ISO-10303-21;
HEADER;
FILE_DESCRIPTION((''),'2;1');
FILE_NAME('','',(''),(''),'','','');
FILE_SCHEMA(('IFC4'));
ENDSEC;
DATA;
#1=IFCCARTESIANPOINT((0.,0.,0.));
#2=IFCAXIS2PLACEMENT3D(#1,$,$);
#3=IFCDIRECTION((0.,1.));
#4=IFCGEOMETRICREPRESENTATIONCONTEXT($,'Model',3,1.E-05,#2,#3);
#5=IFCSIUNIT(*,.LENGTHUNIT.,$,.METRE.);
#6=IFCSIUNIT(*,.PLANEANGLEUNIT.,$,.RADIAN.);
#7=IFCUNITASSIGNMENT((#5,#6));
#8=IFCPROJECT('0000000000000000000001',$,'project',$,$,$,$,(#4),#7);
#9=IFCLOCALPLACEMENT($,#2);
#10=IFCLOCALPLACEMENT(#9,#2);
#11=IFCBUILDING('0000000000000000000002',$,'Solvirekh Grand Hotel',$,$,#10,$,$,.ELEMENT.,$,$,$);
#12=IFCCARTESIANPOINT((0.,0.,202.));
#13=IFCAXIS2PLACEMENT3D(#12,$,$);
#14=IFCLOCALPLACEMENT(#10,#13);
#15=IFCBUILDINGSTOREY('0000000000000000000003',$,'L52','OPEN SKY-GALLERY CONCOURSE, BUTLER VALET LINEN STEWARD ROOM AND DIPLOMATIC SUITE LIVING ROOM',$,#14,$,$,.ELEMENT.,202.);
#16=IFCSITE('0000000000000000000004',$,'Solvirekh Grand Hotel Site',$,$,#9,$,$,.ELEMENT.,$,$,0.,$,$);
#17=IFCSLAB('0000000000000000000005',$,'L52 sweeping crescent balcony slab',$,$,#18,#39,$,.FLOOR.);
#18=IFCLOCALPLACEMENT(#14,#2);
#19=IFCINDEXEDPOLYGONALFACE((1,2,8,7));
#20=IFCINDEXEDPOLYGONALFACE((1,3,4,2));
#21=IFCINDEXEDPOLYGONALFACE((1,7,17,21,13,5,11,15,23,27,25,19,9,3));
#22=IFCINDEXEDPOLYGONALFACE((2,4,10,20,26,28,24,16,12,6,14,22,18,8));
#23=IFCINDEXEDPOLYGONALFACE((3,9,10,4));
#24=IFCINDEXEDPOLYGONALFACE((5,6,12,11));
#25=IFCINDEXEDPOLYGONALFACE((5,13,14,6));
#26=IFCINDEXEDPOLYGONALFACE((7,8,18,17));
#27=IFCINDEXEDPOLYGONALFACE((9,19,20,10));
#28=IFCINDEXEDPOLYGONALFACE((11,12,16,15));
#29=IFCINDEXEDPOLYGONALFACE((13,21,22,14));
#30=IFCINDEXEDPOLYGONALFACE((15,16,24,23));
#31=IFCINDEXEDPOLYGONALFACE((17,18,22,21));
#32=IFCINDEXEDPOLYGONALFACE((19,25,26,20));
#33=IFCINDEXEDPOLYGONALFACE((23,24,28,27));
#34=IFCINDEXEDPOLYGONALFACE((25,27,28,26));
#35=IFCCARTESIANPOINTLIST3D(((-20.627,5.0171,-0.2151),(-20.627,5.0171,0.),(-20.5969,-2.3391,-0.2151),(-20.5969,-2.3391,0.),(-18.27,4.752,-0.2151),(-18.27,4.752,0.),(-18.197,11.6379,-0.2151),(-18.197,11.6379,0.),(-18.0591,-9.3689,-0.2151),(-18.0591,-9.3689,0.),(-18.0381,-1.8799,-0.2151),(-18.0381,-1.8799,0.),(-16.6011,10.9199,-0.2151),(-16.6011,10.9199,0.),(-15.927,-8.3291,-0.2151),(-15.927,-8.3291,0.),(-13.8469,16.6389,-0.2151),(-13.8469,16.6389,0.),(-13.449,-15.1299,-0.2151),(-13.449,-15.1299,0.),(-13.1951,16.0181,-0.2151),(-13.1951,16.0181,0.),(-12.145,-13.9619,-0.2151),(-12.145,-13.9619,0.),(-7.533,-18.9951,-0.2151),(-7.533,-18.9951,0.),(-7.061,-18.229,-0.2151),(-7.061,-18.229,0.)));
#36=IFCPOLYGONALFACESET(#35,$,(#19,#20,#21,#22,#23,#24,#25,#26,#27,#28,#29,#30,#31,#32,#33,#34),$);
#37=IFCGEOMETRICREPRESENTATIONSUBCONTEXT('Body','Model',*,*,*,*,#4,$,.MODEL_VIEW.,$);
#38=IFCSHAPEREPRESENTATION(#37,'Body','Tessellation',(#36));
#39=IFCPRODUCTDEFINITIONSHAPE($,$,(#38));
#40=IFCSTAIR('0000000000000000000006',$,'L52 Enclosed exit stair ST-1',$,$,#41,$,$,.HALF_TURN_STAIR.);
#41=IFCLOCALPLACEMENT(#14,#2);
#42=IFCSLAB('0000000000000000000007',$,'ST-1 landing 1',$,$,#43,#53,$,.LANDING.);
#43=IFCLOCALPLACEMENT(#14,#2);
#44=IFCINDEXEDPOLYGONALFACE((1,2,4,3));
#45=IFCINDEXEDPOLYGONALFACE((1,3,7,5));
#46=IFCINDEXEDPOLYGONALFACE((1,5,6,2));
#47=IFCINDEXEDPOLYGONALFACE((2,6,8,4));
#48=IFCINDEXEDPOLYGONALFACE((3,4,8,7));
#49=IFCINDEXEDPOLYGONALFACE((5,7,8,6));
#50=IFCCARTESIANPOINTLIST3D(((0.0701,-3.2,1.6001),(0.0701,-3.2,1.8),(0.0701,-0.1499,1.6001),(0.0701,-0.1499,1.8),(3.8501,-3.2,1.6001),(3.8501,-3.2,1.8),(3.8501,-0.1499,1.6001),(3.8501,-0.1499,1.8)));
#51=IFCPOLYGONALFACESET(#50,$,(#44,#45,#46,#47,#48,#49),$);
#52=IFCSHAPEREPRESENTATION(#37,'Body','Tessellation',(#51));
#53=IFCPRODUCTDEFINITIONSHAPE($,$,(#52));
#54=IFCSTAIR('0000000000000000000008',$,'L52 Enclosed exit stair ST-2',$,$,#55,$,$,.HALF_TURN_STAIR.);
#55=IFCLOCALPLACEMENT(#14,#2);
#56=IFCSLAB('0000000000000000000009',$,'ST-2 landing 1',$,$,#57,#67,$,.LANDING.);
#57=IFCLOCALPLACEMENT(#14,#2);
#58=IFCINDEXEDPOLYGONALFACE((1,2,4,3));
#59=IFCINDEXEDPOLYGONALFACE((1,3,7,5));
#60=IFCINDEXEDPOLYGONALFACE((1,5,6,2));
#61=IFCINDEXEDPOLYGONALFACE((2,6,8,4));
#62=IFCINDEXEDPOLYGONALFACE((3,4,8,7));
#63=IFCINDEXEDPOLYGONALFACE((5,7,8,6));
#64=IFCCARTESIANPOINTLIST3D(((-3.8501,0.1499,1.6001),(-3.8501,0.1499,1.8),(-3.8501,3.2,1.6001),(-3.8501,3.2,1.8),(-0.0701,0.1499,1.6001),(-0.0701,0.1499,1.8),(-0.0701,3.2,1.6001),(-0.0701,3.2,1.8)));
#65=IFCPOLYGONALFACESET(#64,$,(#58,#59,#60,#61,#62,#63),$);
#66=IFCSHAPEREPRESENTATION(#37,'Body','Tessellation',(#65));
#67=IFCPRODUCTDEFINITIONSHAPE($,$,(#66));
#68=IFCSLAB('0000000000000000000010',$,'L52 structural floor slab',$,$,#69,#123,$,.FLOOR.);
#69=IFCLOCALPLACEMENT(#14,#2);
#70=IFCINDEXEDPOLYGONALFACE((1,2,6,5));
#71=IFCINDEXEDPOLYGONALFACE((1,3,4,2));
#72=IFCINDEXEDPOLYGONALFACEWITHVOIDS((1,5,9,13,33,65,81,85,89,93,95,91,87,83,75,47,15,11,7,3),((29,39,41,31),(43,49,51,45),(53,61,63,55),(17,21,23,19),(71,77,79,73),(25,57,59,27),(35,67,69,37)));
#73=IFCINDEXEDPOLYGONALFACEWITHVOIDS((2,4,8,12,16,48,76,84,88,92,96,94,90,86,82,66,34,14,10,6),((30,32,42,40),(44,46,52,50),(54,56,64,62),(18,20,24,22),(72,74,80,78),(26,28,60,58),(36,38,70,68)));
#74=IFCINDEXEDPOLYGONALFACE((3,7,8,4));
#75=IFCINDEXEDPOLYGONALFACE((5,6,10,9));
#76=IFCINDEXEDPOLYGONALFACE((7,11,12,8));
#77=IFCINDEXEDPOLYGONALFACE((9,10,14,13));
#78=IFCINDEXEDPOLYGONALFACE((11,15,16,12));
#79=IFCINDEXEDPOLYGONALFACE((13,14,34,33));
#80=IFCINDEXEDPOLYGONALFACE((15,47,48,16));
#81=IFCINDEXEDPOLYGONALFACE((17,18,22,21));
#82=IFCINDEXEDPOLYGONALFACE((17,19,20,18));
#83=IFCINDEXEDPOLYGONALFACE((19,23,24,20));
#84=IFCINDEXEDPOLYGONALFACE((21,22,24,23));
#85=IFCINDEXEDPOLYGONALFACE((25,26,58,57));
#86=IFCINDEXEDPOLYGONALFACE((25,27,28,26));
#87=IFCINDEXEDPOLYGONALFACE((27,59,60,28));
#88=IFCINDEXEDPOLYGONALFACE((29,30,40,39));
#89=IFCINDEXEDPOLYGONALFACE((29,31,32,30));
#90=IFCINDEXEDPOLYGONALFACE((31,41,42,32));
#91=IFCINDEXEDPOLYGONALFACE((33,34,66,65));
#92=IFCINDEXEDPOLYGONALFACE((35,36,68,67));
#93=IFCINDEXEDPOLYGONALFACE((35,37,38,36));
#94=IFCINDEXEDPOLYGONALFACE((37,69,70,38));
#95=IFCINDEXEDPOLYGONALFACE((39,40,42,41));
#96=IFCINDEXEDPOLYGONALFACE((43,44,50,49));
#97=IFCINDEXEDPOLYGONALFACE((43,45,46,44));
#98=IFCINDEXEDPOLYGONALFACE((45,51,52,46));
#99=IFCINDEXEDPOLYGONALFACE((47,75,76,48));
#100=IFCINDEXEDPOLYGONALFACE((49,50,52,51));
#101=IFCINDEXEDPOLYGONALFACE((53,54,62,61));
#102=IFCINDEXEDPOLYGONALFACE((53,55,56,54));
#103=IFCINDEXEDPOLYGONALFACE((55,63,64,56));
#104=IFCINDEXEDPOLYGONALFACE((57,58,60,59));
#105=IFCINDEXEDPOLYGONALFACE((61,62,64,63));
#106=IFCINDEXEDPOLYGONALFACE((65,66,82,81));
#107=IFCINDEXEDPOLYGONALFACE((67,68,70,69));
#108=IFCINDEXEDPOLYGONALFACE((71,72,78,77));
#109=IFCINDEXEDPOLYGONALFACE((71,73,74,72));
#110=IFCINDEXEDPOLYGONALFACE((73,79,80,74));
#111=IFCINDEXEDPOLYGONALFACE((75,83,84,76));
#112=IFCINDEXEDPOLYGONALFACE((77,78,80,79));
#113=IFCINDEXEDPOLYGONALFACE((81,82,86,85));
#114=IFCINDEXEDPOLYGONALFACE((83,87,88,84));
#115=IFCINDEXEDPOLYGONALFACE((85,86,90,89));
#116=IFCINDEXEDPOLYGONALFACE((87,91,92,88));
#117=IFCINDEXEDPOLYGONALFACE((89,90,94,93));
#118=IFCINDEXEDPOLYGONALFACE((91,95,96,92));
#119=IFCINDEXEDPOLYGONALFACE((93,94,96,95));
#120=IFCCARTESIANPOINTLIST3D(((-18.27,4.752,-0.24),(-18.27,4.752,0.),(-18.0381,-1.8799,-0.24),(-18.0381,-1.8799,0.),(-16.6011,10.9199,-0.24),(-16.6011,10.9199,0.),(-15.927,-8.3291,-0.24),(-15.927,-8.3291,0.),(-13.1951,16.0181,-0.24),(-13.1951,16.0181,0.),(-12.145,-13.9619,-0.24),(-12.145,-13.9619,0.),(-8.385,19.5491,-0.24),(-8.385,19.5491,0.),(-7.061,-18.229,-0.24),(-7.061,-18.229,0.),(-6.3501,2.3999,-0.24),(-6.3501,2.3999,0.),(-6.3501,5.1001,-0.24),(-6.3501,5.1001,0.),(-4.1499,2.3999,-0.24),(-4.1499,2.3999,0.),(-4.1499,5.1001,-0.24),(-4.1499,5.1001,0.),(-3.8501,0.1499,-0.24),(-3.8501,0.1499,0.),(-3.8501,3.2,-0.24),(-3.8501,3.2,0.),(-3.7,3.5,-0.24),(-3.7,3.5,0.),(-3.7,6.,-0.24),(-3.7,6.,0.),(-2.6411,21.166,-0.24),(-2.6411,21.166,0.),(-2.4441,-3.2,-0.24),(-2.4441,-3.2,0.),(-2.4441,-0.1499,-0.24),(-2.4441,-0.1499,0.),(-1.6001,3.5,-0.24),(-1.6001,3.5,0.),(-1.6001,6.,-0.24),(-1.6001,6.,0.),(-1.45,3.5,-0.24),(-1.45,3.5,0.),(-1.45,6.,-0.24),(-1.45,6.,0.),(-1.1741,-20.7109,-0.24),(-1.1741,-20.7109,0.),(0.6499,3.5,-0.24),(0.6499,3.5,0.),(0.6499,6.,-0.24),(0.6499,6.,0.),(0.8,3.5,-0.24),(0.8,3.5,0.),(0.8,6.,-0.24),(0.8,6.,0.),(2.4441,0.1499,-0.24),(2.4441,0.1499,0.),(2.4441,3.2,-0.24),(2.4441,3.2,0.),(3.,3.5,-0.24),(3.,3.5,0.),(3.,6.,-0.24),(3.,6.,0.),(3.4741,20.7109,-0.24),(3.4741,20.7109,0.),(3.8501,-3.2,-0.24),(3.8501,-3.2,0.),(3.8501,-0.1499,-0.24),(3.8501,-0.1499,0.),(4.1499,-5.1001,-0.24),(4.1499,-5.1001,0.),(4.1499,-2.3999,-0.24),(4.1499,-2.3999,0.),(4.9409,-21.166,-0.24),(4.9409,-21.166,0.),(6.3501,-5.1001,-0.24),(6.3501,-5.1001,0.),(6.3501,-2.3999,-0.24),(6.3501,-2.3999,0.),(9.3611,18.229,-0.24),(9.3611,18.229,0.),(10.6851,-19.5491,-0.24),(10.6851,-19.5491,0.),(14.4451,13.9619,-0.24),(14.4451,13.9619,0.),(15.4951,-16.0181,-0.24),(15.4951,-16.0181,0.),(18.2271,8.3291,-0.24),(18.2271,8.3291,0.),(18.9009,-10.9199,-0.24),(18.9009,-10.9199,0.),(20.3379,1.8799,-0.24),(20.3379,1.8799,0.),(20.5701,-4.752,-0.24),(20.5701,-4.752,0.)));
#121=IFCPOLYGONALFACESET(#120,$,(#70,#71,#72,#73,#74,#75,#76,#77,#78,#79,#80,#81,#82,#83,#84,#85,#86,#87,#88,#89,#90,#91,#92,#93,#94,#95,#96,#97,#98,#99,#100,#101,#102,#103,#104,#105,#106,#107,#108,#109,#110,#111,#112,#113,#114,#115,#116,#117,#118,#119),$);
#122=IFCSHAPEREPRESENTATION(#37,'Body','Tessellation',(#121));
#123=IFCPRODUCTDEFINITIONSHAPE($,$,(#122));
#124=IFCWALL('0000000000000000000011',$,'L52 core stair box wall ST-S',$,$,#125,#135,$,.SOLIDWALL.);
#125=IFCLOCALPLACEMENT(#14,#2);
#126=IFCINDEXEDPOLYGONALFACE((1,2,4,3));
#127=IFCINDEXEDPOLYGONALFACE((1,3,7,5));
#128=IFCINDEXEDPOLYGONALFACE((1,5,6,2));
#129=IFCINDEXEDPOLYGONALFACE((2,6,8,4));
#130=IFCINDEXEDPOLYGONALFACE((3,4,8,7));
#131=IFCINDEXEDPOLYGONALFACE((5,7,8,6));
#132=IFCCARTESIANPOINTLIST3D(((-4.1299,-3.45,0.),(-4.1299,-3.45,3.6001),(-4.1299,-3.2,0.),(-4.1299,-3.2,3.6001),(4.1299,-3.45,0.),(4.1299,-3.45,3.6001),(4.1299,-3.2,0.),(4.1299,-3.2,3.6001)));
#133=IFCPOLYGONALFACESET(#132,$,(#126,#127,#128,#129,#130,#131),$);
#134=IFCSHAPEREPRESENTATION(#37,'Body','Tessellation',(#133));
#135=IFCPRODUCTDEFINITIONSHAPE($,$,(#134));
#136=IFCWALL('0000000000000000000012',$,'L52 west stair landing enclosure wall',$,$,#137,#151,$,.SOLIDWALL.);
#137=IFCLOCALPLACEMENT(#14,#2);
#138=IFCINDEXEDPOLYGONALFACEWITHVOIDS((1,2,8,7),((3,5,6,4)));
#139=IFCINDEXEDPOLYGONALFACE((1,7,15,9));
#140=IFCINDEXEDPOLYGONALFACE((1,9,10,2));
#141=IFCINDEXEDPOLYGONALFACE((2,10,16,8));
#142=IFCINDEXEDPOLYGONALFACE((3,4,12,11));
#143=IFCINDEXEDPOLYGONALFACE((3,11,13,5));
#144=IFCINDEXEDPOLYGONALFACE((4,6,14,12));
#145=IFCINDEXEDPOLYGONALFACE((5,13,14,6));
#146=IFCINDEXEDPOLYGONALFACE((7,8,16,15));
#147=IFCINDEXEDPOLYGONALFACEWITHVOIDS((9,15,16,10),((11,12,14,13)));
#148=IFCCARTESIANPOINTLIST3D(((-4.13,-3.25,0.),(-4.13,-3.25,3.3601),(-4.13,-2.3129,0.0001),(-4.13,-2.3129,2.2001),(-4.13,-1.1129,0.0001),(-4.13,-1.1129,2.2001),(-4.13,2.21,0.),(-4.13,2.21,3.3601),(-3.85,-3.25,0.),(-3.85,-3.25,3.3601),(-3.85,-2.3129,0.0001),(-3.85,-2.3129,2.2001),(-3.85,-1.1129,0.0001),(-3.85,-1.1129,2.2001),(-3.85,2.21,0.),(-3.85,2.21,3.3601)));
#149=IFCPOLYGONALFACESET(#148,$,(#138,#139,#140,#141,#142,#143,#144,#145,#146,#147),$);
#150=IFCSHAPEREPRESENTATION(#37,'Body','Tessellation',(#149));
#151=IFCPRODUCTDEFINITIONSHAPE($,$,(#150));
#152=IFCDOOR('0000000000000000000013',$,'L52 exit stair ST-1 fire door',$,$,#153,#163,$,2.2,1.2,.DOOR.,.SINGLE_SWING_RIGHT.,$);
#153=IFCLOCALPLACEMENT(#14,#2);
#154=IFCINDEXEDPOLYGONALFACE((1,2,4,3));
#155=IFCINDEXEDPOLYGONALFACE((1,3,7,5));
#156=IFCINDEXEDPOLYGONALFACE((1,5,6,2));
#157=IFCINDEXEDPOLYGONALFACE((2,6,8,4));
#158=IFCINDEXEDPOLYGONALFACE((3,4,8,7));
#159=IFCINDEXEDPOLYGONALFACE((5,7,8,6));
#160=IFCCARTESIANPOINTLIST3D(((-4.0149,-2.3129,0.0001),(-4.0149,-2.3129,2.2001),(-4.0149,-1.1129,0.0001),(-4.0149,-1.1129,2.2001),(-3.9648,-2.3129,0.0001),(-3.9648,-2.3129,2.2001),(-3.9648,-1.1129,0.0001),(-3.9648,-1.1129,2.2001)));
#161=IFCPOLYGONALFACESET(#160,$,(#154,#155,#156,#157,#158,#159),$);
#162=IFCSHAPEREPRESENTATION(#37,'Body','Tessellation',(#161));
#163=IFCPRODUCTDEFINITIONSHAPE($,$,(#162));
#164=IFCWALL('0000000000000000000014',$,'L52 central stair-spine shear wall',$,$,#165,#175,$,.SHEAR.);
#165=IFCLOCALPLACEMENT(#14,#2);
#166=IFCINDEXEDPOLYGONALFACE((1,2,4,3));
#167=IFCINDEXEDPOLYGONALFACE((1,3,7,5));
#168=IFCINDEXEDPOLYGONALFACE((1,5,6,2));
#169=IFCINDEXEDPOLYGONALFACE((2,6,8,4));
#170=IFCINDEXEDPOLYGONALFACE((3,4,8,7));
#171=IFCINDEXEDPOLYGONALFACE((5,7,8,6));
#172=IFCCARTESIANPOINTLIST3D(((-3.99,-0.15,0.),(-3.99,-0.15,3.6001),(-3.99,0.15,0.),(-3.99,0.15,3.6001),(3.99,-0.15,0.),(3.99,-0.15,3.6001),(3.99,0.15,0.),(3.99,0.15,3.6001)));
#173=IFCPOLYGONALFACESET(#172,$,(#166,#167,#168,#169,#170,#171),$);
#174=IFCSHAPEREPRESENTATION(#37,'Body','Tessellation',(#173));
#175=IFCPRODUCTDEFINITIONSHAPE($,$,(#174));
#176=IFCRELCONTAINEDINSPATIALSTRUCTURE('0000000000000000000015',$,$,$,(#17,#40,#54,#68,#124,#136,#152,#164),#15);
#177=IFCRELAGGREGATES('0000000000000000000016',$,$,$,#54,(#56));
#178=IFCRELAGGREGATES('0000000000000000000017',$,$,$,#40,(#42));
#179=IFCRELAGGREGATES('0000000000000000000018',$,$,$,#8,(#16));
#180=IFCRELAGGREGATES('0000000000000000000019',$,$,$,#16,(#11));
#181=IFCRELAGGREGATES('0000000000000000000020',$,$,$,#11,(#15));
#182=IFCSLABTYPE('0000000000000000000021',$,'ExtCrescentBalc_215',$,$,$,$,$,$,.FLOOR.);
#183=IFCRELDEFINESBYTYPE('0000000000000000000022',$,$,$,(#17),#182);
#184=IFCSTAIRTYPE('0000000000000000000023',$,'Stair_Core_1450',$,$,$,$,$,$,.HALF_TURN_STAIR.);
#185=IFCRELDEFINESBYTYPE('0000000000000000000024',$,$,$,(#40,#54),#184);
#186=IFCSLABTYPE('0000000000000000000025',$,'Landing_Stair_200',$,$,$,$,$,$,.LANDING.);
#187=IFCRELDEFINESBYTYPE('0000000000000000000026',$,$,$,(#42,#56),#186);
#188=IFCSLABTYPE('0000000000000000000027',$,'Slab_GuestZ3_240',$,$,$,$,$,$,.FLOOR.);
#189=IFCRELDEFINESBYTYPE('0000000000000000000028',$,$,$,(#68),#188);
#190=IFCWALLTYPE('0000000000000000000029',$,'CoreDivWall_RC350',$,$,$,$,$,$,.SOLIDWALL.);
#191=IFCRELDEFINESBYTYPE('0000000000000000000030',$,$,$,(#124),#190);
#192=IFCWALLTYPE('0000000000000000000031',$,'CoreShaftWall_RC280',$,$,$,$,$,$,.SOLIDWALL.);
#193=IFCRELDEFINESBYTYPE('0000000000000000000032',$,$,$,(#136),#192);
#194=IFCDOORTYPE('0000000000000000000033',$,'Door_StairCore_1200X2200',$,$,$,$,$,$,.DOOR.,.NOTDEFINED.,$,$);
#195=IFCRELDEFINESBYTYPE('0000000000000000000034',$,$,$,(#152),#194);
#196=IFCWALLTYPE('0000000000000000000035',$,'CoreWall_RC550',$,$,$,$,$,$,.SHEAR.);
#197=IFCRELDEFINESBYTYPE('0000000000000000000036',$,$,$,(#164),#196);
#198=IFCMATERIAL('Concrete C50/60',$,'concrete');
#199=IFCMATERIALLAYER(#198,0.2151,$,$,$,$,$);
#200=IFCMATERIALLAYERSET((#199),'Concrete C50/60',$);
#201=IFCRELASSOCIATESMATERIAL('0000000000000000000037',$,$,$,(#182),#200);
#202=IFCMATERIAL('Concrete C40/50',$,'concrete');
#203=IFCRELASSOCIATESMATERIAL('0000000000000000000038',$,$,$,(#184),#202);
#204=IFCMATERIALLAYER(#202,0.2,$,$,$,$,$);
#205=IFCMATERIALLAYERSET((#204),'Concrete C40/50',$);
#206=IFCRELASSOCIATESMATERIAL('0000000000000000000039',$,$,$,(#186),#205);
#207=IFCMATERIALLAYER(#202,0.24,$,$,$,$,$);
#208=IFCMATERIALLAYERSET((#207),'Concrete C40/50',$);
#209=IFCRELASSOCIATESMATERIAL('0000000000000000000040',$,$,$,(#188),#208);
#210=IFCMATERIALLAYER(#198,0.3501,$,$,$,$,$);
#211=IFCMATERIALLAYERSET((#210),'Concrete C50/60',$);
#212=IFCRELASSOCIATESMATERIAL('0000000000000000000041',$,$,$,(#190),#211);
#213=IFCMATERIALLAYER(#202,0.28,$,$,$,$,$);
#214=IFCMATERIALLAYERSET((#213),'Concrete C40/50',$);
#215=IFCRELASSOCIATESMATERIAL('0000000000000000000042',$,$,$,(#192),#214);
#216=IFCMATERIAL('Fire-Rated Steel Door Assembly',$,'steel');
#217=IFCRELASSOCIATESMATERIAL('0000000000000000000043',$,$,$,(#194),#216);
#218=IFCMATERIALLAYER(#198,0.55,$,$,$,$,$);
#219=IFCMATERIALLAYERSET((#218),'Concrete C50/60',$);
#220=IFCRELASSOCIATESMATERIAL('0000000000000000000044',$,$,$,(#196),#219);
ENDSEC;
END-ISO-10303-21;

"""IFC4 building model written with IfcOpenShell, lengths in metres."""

from ifc_helpers import new_model, si_unit, direction, frame, frame_2d, origin, place, context, subcontext, project, spatial, polyline, rectangle, outline, extrude, material, layer, layer_set, type_object, element, fill, aggregate, save


model = new_model("IFC4")

# Units and contexts
model_context = context("Model", 3, precision=1e-05, world=origin(), true_north=direction((0.0, 1.0)))
body_context = subcontext(model_context, "Body", "Model", "MODEL_VIEW")
ifc_project = project(units=[si_unit("LENGTHUNIT", "METRE"), si_unit("PLANEANGLEUNIT", "RADIAN")], contexts=[model_context])

# Site, building, storey
site_placement = place(None, origin())
site = spatial("IfcSite", under=ifc_project, at=site_placement, Name="Solvirekh Grand Hotel Site", CompositionType="ELEMENT", RefElevation=0.0)
building_placement = place(site_placement, origin())
building = spatial("IfcBuilding", under=site, at=building_placement, Name="Solvirekh Grand Hotel", CompositionType="ELEMENT")
storey_placement = place(building_placement, frame((0.0, 0.0, 202.0)))
storey = spatial("IfcBuildingStorey", under=building, at=storey_placement, Name="L52", Description="OPEN SKY-GALLERY CONCOURSE, BUTLER VALET LINEN STEWARD ROOM AND DIPLOMATIC SUITE LIVING ROOM", CompositionType="ELEMENT", Elevation=202.0)

# Shared definitions
ifc_material_1 = material(Name="Concrete C50/60", Category="concrete")

# Slab
ifc_layer_1 = layer(ifc_material_1, 0.2151)
ifc_layer_set_1 = layer_set([ifc_layer_1], Name="Concrete C50/60")
slab_type_1 = type_object("IfcSlabType", Name="ExtCrescentBalc_215", PredefinedType="FLOOR", material=ifc_layer_set_1)
slab_1_placement = place(storey_placement, frame((0.0, 0.0, -0.2151)))
element("IfcSlab", 1, at=slab_1_placement, inside=storey, type_object=slab_type_1, Name="L52 sweeping crescent balcony slab", PredefinedType="FLOOR", context=body_context, shape_type="SweptSolid", body=[
    extrude(outline(polyline([(-13.8469, 16.6389), (-18.197, 11.6379), (-20.627, 5.0171), (-20.5969, -2.3391), (-18.0591, -9.3689), (-13.449, -15.1299), (-7.533, -18.9951), (-7.061, -18.229), (-12.145, -13.9619), (-15.927, -8.3291), (-18.0381, -1.8799), (-18.27, 4.752), (-16.6011, 10.9199), (-13.1951, 16.0181), (-13.8469, 16.6389)])), origin(), (0.0, 0.0, 1.0), 0.2151),
])

# Stairs, slabs
ifc_material_2 = material(Name="Concrete C40/50", Category="concrete")
stair_type = type_object("IfcStairType", Name="Stair_Core_1450", PredefinedType="HALF_TURN_STAIR", material=ifc_material_2)
stair_1_placement = place(storey_placement, origin())
stair_1 = element("IfcStair", 2, at=stair_1_placement, inside=storey, type_object=stair_type, Name="L52 Enclosed exit stair ST-1", PredefinedType="HALF_TURN_STAIR")
ifc_layer_2 = layer(ifc_material_2, 0.2)
ifc_layer_set_2 = layer_set([ifc_layer_2], Name="Concrete C40/50")
slab_type_2 = type_object("IfcSlabType", Name="Landing_Stair_200", PredefinedType="LANDING", material=ifc_layer_set_2)
slab_2_placement = place(storey_placement, frame((0.0, 0.0, 1.6001)))
slab_2 = element("IfcSlab", 3, at=slab_2_placement, type_object=slab_type_2, Name="ST-1 landing 1", PredefinedType="LANDING", context=body_context, shape_type="SweptSolid", body=[
    extrude(outline(polyline([(0.0701, -3.2), (3.8501, -3.2), (3.8501, -0.1499), (0.0701, -0.1499), (0.0701, -3.2)])), origin(), (0.0, 0.0, 1.0), 0.2),
])
stair_2_placement = place(storey_placement, origin())
stair_2 = element("IfcStair", 4, at=stair_2_placement, inside=storey, type_object=stair_type, Name="L52 Enclosed exit stair ST-2", PredefinedType="HALF_TURN_STAIR")
slab_3_placement = place(storey_placement, frame((0.0, 0.0, 1.6001)))
slab_3 = element("IfcSlab", 5, at=slab_3_placement, type_object=slab_type_2, Name="ST-2 landing 1", PredefinedType="LANDING", context=body_context, shape_type="SweptSolid", body=[
    extrude(outline(polyline([(-0.0701, 3.2), (-3.8501, 3.2), (-3.8501, 0.1499), (-0.0701, 0.1499), (-0.0701, 3.2)])), origin(), (0.0, 0.0, 1.0), 0.2),
])
aggregate(stair_2, [slab_3])

# Slab
ifc_layer_3 = layer(ifc_material_2, 0.24)
ifc_layer_set_3 = layer_set([ifc_layer_3], Name="Concrete C40/50")
slab_type_3 = type_object("IfcSlabType", Name="Slab_GuestZ3_240", PredefinedType="FLOOR", material=ifc_layer_set_3)
slab_4_placement = place(storey_placement, frame((0.0, 0.0, -0.24)))
element("IfcSlab", 6, at=slab_4_placement, inside=storey, type_object=slab_type_3, Name="L52 structural floor slab", PredefinedType="FLOOR", context=body_context, shape_type="SweptSolid", body=[
    extrude(outline(polyline([(10.6851, -19.5491), (15.4951, -16.0181), (18.9009, -10.9199), (20.5701, -4.752), (20.3379, 1.8799), (18.2271, 8.3291), (14.4451, 13.9619), (9.3611, 18.229), (3.4741, 20.7109), (-2.6411, 21.166), (-8.385, 19.5491), (-13.1951, 16.0181), (-16.6011, 10.9199), (-18.27, 4.752), (-18.0381, -1.8799), (-15.927, -8.3291), (-12.145, -13.9619), (-7.061, -18.229), (-1.1741, -20.7109), (4.9409, -21.166), (10.6851, -19.5491)]), holes=[polyline([(-2.4441, -0.1499), (3.8501, -0.1499), (3.8501, -3.2), (-2.4441, -3.2), (-2.4441, -0.1499)]), polyline([(2.4441, 0.1499), (-3.8501, 0.1499), (-3.8501, 3.2), (2.4441, 3.2), (2.4441, 0.1499)]), polyline([(-3.7, 6.0), (-1.6001, 6.0), (-1.6001, 3.5), (-3.7, 3.5), (-3.7, 6.0)]), polyline([(-1.45, 6.0), (0.6499, 6.0), (0.6499, 3.5), (-1.45, 3.5), (-1.45, 6.0)]), polyline([(0.8, 6.0), (3.0, 6.0), (3.0, 3.5), (0.8, 3.5), (0.8, 6.0)]), polyline([(-6.3501, 5.1001), (-4.1499, 5.1001), (-4.1499, 2.3999), (-6.3501, 2.3999), (-6.3501, 5.1001)]), polyline([(4.1499, -2.3999), (6.3501, -2.3999), (6.3501, -5.1001), (4.1499, -5.1001), (4.1499, -2.3999)])]), origin(), (0.0, 0.0, 1.0), 0.24),
])

# Wall
ifc_layer_4 = layer(ifc_material_1, 0.3501)
ifc_layer_set_4 = layer_set([ifc_layer_4], Name="Concrete C50/60")
wall_type_1 = type_object("IfcWallType", Name="CoreDivWall_RC350", PredefinedType="SOLIDWALL", material=ifc_layer_set_4)
wall_1_placement = place(storey_placement, frame((-4.1299, -3.325, 0.0), z_axis=(0.0, 0.0, 1.0), x_axis=(1.0, 0.0, 0.0)))
element("IfcWall", 7, at=wall_1_placement, inside=storey, type_object=wall_type_1, Name="L52 core stair box wall ST-S", PredefinedType="SOLIDWALL", context=body_context, shape_type="SweptSolid", body=[
    extrude(rectangle(XDim=8.2598, YDim=0.25, at=frame_2d((4.1299, 0.0))), origin(), (0.0, 0.0, 1.0), 3.6001),
])

# Wall, opening, door
ifc_layer_5 = layer(ifc_material_2, 0.28)
ifc_layer_set_5 = layer_set([ifc_layer_5], Name="Concrete C40/50")
wall_type_2 = type_object("IfcWallType", Name="CoreShaftWall_RC280", PredefinedType="SOLIDWALL", material=ifc_layer_set_5)
wall_2_placement = place(storey_placement, frame((-3.99, -3.25, 0.0), z_axis=(0.0, 0.0, 1.0), x_axis=(0.0, 1.0, 0.0)))
wall_2 = element("IfcWall", 8, at=wall_2_placement, inside=storey, type_object=wall_type_2, Name="L52 west stair landing enclosure wall", PredefinedType="SOLIDWALL", context=body_context, shape_type="SweptSolid", body=[
    extrude(rectangle(XDim=5.46, YDim=0.28, at=frame_2d((2.73, 0.0))), origin(), (0.0, 0.0, 1.0), 3.3601),
])
opening_1_placement = place(wall_2_placement, frame((0.937, 0.0, 0.0)))
opening_1 = element("IfcOpeningElement", 9, at=opening_1_placement, cuts=wall_2, PredefinedType="OPENING", context=body_context, shape_type="SweptSolid", body=[
    extrude(rectangle(XDim=1.2, YDim=2.2, at=frame_2d((0.6001, 1.1001))), frame((0.0, 0.1499, 0.0), z_axis=(0.0, -1.0, 0.0), x_axis=(1.0, 0.0, 0.0)), (0.0, 0.0, 1.0), 0.3),
])
ifc_material_3 = material(Name="Fire-Rated Steel Door Assembly", Category="steel")
door_type_1 = type_object("IfcDoorType", Name="Door_StairCore_1200X2200", OperationType="NOTDEFINED", PredefinedType="DOOR", material=ifc_material_3)
door_1_placement = place(opening_1_placement, origin())
door_1 = element("IfcDoor", 10, at=door_1_placement, inside=storey, type_object=door_type_1, Name="L52 exit stair ST-1 fire door", OperationType="SINGLE_SWING_RIGHT", OverallHeight=2.2, OverallWidth=1.2, PredefinedType="DOOR", context=body_context, shape_type="SweptSolid", body=[
    extrude(rectangle(XDim=1.2, YDim=2.2, at=frame_2d((0.6001, 1.1001))), frame((0.0, 0.0249, 0.0), z_axis=(0.0, -1.0, 0.0), x_axis=(1.0, 0.0, 0.0)), (0.0, 0.0, 1.0), 0.05),
])
fill(opening_1, door_1)

# Wall
ifc_layer_6 = layer(ifc_material_1, 0.55)
ifc_layer_set_6 = layer_set([ifc_layer_6], Name="Concrete C50/60")
wall_type_3 = type_object("IfcWallType", Name="CoreWall_RC550", PredefinedType="SHEAR", material=ifc_layer_set_6)
wall_3_placement = place(storey_placement, frame((-3.99, 0.0, 0.0), z_axis=(0.0, 0.0, 1.0), x_axis=(1.0, 0.0, 0.0)))
element("IfcWall", 11, at=wall_3_placement, inside=storey, type_object=wall_type_3, Name="L52 central stair-spine shear wall", PredefinedType="SHEAR", context=body_context, shape_type="SweptSolid", body=[
    extrude(rectangle(XDim=7.98, YDim=0.3, at=frame_2d((3.99, 0.0))), origin(), (0.0, 0.0, 1.0), 3.6001),
])

aggregate(stair_1, [slab_2])

save(model, "model.ifc")
